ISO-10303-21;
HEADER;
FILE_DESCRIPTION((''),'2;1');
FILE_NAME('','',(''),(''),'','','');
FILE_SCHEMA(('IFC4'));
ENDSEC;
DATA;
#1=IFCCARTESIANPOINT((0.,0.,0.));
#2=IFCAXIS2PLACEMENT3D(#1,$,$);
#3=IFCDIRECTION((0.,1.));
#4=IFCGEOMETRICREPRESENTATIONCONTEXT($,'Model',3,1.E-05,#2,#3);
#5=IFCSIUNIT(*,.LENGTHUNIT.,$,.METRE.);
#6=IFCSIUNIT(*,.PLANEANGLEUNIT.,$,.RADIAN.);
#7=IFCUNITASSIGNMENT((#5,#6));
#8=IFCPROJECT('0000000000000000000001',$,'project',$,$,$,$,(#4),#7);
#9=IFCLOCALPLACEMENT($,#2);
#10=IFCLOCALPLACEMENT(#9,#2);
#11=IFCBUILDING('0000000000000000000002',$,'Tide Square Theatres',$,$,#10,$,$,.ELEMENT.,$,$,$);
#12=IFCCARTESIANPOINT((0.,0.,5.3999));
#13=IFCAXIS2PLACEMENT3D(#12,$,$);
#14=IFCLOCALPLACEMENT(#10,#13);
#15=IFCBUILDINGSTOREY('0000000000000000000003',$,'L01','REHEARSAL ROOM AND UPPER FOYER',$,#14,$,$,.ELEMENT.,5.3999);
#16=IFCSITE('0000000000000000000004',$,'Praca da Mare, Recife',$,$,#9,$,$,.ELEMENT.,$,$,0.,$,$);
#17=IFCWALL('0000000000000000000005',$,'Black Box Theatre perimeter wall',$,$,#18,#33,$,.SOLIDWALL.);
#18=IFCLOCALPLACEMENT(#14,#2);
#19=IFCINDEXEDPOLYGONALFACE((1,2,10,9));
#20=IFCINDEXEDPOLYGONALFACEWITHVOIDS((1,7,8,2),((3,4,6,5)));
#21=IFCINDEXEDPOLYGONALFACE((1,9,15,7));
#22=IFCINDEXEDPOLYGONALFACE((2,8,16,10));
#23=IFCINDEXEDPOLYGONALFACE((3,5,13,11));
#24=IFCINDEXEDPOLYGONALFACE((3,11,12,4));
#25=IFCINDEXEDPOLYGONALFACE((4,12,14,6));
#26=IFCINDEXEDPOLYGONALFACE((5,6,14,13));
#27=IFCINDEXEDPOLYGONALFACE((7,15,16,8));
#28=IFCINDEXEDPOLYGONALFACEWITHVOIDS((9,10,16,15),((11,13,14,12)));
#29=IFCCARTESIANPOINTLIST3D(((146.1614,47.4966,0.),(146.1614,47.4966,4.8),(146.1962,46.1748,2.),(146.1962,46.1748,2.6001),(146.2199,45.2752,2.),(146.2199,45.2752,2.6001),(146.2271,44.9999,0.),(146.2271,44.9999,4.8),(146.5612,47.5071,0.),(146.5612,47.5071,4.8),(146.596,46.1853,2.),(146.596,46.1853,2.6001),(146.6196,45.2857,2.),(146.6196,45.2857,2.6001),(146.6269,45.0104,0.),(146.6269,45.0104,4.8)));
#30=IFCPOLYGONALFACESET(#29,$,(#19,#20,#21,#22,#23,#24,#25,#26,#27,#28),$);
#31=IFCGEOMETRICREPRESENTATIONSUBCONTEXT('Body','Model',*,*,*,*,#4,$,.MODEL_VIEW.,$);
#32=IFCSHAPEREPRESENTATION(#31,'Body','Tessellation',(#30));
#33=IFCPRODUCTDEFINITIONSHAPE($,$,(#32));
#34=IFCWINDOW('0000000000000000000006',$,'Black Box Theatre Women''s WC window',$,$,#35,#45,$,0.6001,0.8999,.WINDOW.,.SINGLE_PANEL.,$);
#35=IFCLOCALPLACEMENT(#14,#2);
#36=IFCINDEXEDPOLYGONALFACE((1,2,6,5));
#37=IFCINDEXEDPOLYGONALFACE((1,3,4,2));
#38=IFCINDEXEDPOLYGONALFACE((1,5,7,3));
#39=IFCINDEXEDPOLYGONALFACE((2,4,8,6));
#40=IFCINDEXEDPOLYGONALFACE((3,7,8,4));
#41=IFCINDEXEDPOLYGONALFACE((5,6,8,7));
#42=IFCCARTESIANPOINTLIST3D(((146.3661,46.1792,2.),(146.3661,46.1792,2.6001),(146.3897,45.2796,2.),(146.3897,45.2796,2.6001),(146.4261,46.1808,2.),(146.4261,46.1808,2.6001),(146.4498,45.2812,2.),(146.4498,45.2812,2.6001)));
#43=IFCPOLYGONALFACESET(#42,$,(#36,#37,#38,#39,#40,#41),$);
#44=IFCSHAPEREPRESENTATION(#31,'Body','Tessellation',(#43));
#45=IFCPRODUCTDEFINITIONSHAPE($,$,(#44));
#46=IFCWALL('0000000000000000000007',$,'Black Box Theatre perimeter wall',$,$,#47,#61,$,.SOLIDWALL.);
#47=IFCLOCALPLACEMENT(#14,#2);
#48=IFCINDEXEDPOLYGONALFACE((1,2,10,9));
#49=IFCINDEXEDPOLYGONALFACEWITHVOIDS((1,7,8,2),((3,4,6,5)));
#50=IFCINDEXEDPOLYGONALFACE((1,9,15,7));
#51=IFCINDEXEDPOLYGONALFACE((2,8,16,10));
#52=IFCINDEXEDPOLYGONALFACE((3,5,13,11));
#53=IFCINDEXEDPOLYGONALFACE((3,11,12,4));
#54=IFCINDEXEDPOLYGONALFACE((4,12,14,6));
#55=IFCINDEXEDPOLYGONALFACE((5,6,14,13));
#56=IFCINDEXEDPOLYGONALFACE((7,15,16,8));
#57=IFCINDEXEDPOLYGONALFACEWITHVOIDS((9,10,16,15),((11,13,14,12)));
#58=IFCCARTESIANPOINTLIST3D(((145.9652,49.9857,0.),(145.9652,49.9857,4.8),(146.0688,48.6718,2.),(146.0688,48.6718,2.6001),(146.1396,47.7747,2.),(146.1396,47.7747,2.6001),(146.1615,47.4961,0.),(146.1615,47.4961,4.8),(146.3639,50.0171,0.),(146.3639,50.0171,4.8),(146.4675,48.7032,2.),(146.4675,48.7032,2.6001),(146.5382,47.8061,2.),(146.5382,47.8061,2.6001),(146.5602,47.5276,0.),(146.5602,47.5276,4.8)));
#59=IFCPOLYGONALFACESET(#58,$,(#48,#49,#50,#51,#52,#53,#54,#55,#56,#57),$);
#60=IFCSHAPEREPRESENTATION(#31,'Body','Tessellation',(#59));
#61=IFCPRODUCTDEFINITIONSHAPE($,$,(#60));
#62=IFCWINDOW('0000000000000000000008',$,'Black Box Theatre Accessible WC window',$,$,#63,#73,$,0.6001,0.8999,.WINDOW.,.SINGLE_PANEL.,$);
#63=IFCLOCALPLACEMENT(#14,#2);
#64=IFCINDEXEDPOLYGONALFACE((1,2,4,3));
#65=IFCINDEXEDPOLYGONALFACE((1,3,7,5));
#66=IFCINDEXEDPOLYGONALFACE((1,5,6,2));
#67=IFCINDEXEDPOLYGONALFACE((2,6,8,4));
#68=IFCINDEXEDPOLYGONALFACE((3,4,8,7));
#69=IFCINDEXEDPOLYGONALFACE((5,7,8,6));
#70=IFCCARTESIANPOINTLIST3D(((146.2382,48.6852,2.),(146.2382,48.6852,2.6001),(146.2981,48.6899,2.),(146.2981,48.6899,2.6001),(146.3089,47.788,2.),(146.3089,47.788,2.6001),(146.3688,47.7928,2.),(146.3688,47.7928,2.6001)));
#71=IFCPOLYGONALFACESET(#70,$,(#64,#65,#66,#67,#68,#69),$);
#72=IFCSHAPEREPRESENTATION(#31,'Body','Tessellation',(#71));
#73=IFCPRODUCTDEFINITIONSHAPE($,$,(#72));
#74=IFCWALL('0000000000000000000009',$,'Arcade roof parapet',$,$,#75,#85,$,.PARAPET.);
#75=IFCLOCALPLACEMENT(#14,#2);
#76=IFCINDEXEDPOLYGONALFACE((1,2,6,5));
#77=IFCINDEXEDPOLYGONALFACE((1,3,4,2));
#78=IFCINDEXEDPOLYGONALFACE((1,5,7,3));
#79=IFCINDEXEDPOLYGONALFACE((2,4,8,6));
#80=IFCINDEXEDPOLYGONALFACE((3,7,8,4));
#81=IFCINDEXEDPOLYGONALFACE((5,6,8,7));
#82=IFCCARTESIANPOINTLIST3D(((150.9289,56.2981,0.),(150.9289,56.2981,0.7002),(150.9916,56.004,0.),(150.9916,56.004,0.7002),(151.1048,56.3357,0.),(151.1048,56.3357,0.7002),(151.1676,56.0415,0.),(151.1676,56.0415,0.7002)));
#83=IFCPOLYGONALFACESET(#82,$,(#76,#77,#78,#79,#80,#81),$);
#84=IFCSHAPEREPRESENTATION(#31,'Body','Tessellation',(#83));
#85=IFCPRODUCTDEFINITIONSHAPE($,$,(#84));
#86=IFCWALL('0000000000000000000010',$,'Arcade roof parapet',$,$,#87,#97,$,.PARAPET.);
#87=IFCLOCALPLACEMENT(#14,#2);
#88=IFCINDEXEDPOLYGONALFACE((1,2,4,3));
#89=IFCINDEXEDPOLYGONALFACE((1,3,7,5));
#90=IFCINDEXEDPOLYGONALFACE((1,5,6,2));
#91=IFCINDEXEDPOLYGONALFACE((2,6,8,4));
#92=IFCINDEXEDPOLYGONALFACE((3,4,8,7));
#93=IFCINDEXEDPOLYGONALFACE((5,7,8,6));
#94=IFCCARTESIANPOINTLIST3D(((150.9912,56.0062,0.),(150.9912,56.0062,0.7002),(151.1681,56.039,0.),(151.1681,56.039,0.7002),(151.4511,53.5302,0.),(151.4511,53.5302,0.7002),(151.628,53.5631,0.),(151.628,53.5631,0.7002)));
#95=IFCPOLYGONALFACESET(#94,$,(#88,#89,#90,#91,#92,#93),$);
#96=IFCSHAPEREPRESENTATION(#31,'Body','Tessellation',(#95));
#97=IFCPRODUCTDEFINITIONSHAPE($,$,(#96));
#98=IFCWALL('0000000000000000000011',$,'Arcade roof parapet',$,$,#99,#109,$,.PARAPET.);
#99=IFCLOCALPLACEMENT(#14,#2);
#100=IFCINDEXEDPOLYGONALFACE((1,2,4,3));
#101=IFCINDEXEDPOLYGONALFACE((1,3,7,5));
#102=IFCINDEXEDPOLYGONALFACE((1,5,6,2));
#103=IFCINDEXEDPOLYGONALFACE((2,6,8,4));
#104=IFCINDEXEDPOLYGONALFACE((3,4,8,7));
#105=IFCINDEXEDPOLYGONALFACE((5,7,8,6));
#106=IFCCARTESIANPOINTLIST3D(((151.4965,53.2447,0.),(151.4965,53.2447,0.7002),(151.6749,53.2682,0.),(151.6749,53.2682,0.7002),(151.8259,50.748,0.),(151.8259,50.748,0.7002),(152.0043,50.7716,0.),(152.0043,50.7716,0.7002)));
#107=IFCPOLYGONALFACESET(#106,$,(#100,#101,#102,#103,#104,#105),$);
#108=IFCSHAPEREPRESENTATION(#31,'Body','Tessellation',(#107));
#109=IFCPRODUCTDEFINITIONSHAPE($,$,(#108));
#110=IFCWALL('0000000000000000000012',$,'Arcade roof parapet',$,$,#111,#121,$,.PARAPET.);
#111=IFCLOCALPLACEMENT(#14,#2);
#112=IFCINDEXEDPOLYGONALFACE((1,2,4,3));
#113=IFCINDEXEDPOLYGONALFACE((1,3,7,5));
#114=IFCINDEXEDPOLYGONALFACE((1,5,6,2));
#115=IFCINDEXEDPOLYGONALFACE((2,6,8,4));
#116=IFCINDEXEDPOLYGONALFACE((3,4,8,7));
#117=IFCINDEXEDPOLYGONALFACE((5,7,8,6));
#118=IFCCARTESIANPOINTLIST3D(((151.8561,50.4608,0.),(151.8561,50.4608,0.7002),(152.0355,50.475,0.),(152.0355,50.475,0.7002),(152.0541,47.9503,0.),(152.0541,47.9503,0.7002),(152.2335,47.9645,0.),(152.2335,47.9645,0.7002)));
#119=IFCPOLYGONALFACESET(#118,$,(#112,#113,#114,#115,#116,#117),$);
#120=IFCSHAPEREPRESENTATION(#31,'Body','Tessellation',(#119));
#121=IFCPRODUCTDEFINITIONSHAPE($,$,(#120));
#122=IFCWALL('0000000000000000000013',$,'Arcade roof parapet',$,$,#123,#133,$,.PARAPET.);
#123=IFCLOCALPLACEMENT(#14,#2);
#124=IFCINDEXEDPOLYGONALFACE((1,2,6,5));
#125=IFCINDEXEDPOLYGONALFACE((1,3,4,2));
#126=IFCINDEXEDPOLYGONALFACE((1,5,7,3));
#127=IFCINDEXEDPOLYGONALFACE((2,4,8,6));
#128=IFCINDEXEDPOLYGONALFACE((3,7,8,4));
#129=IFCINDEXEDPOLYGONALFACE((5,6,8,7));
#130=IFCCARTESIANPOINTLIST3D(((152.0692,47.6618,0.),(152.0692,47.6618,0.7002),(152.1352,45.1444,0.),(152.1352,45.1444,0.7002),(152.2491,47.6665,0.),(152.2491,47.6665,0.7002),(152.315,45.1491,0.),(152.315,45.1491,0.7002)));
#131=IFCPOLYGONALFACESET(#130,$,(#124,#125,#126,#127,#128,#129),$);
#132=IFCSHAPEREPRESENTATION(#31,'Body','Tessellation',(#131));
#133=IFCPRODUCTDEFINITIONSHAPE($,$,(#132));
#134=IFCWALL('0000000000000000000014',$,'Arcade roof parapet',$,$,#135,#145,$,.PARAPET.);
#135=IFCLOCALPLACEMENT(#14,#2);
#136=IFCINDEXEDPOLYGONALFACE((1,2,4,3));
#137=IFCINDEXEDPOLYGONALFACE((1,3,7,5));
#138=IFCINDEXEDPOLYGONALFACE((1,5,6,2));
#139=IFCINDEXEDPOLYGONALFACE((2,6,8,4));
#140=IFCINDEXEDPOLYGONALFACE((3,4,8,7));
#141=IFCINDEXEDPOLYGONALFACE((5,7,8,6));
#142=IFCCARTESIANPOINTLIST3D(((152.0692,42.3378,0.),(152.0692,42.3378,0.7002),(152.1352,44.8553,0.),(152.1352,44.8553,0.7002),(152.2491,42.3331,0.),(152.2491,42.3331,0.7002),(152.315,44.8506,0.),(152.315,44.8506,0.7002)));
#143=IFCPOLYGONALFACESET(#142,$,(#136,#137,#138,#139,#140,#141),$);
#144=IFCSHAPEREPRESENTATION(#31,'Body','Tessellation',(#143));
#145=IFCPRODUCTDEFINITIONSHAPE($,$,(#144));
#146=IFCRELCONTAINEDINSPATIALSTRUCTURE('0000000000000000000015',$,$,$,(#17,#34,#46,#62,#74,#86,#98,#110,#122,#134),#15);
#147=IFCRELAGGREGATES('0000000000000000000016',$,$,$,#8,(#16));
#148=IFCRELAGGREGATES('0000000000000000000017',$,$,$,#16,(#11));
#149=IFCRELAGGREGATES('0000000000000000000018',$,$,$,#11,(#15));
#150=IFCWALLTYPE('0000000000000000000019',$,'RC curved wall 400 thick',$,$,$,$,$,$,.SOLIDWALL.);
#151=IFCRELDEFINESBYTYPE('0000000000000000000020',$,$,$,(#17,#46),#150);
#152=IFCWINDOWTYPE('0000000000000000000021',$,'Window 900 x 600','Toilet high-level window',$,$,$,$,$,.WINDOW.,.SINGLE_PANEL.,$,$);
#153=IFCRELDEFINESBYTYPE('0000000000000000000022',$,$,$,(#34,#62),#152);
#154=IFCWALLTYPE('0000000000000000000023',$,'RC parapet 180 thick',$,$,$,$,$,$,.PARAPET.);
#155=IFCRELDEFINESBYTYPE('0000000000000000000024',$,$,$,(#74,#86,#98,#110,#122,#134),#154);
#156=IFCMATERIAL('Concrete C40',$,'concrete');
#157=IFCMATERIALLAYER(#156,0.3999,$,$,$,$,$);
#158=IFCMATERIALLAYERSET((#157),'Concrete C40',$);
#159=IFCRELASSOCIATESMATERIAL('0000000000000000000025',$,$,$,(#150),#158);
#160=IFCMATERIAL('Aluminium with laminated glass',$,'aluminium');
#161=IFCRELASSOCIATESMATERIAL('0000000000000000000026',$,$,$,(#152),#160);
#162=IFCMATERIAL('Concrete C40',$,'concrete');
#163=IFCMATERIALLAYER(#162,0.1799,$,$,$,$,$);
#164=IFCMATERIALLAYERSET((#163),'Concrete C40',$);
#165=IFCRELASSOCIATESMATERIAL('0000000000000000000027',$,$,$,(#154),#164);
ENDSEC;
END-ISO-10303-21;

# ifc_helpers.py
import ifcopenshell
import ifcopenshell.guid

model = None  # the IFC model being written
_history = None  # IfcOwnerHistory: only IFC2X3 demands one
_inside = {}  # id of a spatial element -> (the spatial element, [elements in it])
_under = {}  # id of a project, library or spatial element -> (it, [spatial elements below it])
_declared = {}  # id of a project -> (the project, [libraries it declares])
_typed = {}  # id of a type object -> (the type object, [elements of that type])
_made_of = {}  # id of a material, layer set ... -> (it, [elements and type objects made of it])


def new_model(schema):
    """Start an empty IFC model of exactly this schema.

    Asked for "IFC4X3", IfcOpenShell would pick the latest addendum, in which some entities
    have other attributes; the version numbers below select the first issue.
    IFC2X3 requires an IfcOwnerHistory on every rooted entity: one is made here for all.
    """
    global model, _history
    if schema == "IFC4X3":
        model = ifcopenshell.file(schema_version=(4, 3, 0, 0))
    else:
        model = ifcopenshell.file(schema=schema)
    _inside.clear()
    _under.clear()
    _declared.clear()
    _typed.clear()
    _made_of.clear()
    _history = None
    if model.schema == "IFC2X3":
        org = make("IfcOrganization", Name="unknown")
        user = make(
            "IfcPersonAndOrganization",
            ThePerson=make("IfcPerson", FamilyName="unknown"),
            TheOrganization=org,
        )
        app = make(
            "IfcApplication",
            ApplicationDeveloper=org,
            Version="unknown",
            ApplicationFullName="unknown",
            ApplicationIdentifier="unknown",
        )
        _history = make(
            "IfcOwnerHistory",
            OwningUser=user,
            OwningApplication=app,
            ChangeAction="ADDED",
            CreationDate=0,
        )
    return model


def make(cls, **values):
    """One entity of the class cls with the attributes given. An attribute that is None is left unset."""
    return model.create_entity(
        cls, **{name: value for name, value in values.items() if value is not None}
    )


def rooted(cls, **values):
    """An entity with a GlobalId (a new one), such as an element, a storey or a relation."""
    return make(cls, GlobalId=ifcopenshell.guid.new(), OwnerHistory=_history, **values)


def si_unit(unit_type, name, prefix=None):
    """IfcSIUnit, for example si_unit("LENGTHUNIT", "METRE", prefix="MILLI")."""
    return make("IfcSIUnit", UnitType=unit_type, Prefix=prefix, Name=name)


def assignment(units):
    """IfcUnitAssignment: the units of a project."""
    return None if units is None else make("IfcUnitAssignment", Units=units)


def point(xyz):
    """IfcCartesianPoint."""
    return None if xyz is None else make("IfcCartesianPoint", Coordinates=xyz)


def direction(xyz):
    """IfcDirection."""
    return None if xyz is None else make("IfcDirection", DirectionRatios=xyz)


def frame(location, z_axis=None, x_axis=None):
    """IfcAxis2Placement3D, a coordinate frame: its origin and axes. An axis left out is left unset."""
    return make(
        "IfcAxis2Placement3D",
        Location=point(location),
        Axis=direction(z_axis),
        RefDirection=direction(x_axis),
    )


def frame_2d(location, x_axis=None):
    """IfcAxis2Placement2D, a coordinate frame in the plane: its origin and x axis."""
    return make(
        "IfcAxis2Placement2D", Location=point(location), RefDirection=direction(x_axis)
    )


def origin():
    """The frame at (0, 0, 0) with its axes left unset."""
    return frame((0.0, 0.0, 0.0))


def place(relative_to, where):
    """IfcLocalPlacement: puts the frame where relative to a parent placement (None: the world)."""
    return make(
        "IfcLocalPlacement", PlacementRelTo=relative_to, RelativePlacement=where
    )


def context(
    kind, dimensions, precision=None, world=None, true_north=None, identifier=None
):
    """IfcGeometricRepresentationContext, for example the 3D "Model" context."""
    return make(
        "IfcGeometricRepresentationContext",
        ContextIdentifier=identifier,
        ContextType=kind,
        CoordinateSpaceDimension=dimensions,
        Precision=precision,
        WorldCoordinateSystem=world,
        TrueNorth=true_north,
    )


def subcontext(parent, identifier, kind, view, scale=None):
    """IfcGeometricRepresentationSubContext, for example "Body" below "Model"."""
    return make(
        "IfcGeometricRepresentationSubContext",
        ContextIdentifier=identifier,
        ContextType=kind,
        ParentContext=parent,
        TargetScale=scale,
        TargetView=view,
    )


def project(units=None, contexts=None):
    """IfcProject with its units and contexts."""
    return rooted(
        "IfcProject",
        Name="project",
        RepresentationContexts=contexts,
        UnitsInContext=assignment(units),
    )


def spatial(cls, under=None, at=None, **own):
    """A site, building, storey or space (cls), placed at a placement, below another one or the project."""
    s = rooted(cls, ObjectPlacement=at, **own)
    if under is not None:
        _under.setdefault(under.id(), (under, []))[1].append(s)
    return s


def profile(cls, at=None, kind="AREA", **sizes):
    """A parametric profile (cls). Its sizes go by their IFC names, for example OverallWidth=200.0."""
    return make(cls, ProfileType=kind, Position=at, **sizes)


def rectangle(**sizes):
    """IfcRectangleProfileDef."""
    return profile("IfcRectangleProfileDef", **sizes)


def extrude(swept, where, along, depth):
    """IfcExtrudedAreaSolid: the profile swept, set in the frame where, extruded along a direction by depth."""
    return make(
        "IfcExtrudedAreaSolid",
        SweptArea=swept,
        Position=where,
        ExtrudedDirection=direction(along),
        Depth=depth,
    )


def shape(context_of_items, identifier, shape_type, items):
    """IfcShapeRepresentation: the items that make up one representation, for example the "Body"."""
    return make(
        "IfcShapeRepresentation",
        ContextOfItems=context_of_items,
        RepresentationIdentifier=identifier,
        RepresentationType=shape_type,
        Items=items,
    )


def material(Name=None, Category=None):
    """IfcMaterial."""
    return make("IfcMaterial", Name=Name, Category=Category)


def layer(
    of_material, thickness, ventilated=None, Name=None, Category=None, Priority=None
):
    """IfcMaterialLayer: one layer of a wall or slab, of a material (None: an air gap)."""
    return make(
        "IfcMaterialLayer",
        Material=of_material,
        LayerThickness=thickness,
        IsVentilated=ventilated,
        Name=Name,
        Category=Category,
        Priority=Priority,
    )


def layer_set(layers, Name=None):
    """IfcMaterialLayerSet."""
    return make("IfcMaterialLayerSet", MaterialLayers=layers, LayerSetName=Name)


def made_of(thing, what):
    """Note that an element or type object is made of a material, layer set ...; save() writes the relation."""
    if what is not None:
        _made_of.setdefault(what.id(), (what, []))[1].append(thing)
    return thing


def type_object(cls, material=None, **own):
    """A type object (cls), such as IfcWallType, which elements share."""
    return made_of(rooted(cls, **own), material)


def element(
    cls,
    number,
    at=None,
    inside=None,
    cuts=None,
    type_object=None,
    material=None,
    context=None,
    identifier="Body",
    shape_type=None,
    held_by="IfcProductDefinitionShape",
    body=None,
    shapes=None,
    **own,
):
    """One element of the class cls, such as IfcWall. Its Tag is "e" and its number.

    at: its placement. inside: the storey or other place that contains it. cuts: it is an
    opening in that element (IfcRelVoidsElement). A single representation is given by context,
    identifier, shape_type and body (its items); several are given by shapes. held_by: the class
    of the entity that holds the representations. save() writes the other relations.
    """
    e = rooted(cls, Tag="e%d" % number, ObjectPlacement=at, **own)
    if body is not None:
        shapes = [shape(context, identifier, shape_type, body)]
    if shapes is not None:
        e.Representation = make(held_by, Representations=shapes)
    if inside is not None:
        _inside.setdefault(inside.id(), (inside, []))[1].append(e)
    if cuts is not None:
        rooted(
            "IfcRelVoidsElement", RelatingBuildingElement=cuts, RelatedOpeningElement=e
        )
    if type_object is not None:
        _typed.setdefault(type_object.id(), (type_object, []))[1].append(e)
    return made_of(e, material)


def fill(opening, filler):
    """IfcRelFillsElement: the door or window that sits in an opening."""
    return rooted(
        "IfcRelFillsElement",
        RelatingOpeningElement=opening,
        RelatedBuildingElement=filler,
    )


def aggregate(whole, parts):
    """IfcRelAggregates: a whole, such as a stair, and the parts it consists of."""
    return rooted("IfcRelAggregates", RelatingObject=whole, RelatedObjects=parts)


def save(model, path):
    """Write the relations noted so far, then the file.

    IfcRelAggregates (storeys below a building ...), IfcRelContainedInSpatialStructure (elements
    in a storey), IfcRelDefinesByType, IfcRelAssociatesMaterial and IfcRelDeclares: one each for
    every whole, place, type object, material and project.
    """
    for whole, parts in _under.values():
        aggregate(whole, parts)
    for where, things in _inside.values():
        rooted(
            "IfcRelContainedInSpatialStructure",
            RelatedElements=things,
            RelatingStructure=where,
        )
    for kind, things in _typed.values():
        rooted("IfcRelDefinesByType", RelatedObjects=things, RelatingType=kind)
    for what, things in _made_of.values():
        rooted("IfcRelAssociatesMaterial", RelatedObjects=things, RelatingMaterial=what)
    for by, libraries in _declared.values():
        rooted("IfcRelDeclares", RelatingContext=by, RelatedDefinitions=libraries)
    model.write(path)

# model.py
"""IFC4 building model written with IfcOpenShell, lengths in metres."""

from ifc_helpers import new_model, si_unit, direction, frame, frame_2d, origin, place, context, subcontext, project, spatial, rectangle, extrude, material, layer, layer_set, type_object, element, fill, save


model = new_model("IFC4")

# Units and contexts
model_context = context("Model", 3, precision=1e-05, world=origin(), true_north=direction((0.0, 1.0)))
body_context = subcontext(model_context, "Body", "Model", "MODEL_VIEW")
ifc_project = project(units=[si_unit("LENGTHUNIT", "METRE"), si_unit("PLANEANGLEUNIT", "RADIAN")], contexts=[model_context])

# Site, building, storey
site_placement = place(None, origin())
site = spatial("IfcSite", under=ifc_project, at=site_placement, Name="Praca da Mare, Recife", CompositionType="ELEMENT", RefElevation=0.0)
building_placement = place(site_placement, origin())
building = spatial("IfcBuilding", under=site, at=building_placement, Name="Tide Square Theatres", CompositionType="ELEMENT")
storey_placement = place(building_placement, frame((0.0, 0.0, 5.3999)))
storey = spatial("IfcBuildingStorey", under=building, at=storey_placement, Name="L01", Description="REHEARSAL ROOM AND UPPER FOYER", CompositionType="ELEMENT", Elevation=5.3999)

# Walls, openings, windows
ifc_material_1 = material(Name="Concrete C40", Category="concrete")
ifc_layer_1 = layer(ifc_material_1, 0.3999)
ifc_layer_set_1 = layer_set([ifc_layer_1], Name="Concrete C40")
wall_type_1 = type_object("IfcWallType", Name="RC curved wall 400 thick", PredefinedType="SOLIDWALL", material=ifc_layer_set_1)
wall_1_placement = place(storey_placement, frame((146.427, 45.0051, 0.0), z_axis=(0.0, 0.0, 1.0), x_axis=(-0.026296, 0.999654, 0.0)))
wall_1 = element("IfcWall", 1, at=wall_1_placement, inside=storey, type_object=wall_type_1, Name="Black Box Theatre perimeter wall", PredefinedType="SOLIDWALL", context=body_context, shape_type="SweptSolid", body=[
    extrude(rectangle(XDim=2.4976, YDim=0.3999, at=frame_2d((1.2488, 0.0))), origin(), (0.0, 0.0, 1.0), 4.8),
])
opening_1_placement = place(wall_1_placement, frame((0.2754, 0.0, 2.0)))
opening_1 = element("IfcOpeningElement", 2, at=opening_1_placement, cuts=wall_1, PredefinedType="OPENING", context=body_context, shape_type="SweptSolid", body=[
    extrude(rectangle(XDim=0.8999, YDim=0.6001, at=frame_2d((0.45, 0.3))), frame((0.0, 0.21, 0.0), z_axis=(0.0, -1.0, 0.0), x_axis=(1.0, 0.0, 0.0)), (0.0, 0.0, 1.0), 0.4199),
])
ifc_material_2 = material(Name="Aluminium with laminated glass", Category="aluminium")
window_type = type_object("IfcWindowType", Name="Window 900 x 600", Description="Toilet high-level window", PartitioningType="SINGLE_PANEL", PredefinedType="WINDOW", material=ifc_material_2)
window_1_placement = place(opening_1_placement, origin())
window_1 = element("IfcWindow", 3, at=window_1_placement, inside=storey, type_object=window_type, Name="Black Box Theatre Women's WC window", OverallHeight=0.6001, OverallWidth=0.8999, PartitioningType="SINGLE_PANEL", PredefinedType="WINDOW", context=body_context, shape_type="SweptSolid", body=[
    extrude(rectangle(XDim=0.8999, YDim=0.6001, at=frame_2d((0.45, 0.3))), frame((0.0, 0.03, 0.0), z_axis=(0.0, -1.0, 0.0), x_axis=(1.0, 0.0, 0.0)), (0.0, 0.0, 1.0), 0.0601),
])
fill(opening_1, window_1)
wall_2_placement = place(storey_placement, frame((146.3608, 47.512, 0.0), z_axis=(0.0, 0.0, 1.0), x_axis=(-0.078603, 0.996906, 0.0)))
wall_2 = element("IfcWall", 4, at=wall_2_placement, inside=storey, type_object=wall_type_1, Name="Black Box Theatre perimeter wall", PredefinedType="SOLIDWALL", context=body_context, shape_type="SweptSolid", body=[
    extrude(rectangle(XDim=2.4973, YDim=0.3999, at=frame_2d((1.2485, 0.0))), origin(), (0.0, 0.0, 1.0), 4.8),
])
opening_2_placement = place(wall_2_placement, frame((0.2793, 0.0, 2.0)))
opening_2 = element("IfcOpeningElement", 5, at=opening_2_placement, cuts=wall_2, PredefinedType="OPENING", context=body_context, shape_type="SweptSolid", body=[
    extrude(rectangle(XDim=0.8999, YDim=0.6001, at=frame_2d((0.45, 0.3))), frame((0.0, 0.21, 0.0), z_axis=(0.0, -1.0, 0.0), x_axis=(1.0, 0.0, 0.0)), (0.0, 0.0, 1.0), 0.4199),
])
window_2_placement = place(opening_2_placement, origin())
window_2 = element("IfcWindow", 6, at=window_2_placement, inside=storey, type_object=window_type, Name="Black Box Theatre Accessible WC window", OverallHeight=0.6001, OverallWidth=0.8999, PartitioningType="SINGLE_PANEL", PredefinedType="WINDOW", context=body_context, shape_type="SweptSolid", body=[
    extrude(rectangle(XDim=0.8999, YDim=0.6001, at=frame_2d((0.45, 0.3))), frame((0.0, 0.03, 0.0), z_axis=(0.0, -1.0, 0.0), x_axis=(1.0, 0.0, 0.0)), (0.0, 0.0, 1.0), 0.0601),
])
fill(opening_2, window_2)

# Walls
ifc_material_3 = material(Name="Concrete C40", Category="concrete")
ifc_layer_2 = layer(ifc_material_3, 0.1799)
ifc_layer_set_2 = layer_set([ifc_layer_2], Name="Concrete C40")
wall_type_2 = type_object("IfcWallType", Name="RC parapet 180 thick", PredefinedType="PARAPET", material=ifc_layer_set_2)
wall_3_placement = place(storey_placement, frame((151.0168, 56.3169, 0.0), z_axis=(0.0, 0.0, 1.0), x_axis=(0.208587, -0.978004, 0.0)))
element("IfcWall", 7, at=wall_3_placement, inside=storey, type_object=wall_type_2, Name="Arcade roof parapet", PredefinedType="PARAPET", context=body_context, shape_type="SweptSolid", body=[
    extrude(rectangle(XDim=0.3008, YDim=0.1799, at=frame_2d((0.1504, 0.0))), origin(), (0.0, 0.0, 1.0), 0.7002),
])
for number, where, z_axis, x_axis, name in (
    (8, (151.0796, 56.0227, 0.0), (0.0, 0.0, 1.0), (0.182655, -0.983177, 0.0), "Arcade roof parapet"),
    (9, (151.5857, 53.2566, 0.0), (0.0, 0.0, 1.0), (0.130786, -0.991411, 0.0), "Arcade roof parapet"),
    (10, (151.9458, 50.468, 0.0), (0.0, 0.0, 1.0), (0.078624, -0.996904, 0.0), "Arcade roof parapet"),
    (11, (152.1592, 47.6643, 0.0), (0.0, 0.0, 1.0), (0.026177, -0.999657, 0.0), "Arcade roof parapet"),
    (12, (152.2251, 44.853, 0.0), (0.0, 0.0, 1.0), (-0.026177, -0.999657, 0.0), "Arcade roof parapet"),
):
    element("IfcWall", number, at=place(storey_placement, frame(where, z_axis=z_axis, x_axis=x_axis)), inside=storey, type_object=wall_type_2, Name=name, PredefinedType="PARAPET", context=body_context, shape_type="SweptSolid", body=[
        extrude(rectangle(XDim=2.5183, YDim=0.1799, at=frame_2d((1.2593, 0.0))), origin(), (0.0, 0.0, 1.0), 0.7002),
    ])

save(model, "model.ifc")
